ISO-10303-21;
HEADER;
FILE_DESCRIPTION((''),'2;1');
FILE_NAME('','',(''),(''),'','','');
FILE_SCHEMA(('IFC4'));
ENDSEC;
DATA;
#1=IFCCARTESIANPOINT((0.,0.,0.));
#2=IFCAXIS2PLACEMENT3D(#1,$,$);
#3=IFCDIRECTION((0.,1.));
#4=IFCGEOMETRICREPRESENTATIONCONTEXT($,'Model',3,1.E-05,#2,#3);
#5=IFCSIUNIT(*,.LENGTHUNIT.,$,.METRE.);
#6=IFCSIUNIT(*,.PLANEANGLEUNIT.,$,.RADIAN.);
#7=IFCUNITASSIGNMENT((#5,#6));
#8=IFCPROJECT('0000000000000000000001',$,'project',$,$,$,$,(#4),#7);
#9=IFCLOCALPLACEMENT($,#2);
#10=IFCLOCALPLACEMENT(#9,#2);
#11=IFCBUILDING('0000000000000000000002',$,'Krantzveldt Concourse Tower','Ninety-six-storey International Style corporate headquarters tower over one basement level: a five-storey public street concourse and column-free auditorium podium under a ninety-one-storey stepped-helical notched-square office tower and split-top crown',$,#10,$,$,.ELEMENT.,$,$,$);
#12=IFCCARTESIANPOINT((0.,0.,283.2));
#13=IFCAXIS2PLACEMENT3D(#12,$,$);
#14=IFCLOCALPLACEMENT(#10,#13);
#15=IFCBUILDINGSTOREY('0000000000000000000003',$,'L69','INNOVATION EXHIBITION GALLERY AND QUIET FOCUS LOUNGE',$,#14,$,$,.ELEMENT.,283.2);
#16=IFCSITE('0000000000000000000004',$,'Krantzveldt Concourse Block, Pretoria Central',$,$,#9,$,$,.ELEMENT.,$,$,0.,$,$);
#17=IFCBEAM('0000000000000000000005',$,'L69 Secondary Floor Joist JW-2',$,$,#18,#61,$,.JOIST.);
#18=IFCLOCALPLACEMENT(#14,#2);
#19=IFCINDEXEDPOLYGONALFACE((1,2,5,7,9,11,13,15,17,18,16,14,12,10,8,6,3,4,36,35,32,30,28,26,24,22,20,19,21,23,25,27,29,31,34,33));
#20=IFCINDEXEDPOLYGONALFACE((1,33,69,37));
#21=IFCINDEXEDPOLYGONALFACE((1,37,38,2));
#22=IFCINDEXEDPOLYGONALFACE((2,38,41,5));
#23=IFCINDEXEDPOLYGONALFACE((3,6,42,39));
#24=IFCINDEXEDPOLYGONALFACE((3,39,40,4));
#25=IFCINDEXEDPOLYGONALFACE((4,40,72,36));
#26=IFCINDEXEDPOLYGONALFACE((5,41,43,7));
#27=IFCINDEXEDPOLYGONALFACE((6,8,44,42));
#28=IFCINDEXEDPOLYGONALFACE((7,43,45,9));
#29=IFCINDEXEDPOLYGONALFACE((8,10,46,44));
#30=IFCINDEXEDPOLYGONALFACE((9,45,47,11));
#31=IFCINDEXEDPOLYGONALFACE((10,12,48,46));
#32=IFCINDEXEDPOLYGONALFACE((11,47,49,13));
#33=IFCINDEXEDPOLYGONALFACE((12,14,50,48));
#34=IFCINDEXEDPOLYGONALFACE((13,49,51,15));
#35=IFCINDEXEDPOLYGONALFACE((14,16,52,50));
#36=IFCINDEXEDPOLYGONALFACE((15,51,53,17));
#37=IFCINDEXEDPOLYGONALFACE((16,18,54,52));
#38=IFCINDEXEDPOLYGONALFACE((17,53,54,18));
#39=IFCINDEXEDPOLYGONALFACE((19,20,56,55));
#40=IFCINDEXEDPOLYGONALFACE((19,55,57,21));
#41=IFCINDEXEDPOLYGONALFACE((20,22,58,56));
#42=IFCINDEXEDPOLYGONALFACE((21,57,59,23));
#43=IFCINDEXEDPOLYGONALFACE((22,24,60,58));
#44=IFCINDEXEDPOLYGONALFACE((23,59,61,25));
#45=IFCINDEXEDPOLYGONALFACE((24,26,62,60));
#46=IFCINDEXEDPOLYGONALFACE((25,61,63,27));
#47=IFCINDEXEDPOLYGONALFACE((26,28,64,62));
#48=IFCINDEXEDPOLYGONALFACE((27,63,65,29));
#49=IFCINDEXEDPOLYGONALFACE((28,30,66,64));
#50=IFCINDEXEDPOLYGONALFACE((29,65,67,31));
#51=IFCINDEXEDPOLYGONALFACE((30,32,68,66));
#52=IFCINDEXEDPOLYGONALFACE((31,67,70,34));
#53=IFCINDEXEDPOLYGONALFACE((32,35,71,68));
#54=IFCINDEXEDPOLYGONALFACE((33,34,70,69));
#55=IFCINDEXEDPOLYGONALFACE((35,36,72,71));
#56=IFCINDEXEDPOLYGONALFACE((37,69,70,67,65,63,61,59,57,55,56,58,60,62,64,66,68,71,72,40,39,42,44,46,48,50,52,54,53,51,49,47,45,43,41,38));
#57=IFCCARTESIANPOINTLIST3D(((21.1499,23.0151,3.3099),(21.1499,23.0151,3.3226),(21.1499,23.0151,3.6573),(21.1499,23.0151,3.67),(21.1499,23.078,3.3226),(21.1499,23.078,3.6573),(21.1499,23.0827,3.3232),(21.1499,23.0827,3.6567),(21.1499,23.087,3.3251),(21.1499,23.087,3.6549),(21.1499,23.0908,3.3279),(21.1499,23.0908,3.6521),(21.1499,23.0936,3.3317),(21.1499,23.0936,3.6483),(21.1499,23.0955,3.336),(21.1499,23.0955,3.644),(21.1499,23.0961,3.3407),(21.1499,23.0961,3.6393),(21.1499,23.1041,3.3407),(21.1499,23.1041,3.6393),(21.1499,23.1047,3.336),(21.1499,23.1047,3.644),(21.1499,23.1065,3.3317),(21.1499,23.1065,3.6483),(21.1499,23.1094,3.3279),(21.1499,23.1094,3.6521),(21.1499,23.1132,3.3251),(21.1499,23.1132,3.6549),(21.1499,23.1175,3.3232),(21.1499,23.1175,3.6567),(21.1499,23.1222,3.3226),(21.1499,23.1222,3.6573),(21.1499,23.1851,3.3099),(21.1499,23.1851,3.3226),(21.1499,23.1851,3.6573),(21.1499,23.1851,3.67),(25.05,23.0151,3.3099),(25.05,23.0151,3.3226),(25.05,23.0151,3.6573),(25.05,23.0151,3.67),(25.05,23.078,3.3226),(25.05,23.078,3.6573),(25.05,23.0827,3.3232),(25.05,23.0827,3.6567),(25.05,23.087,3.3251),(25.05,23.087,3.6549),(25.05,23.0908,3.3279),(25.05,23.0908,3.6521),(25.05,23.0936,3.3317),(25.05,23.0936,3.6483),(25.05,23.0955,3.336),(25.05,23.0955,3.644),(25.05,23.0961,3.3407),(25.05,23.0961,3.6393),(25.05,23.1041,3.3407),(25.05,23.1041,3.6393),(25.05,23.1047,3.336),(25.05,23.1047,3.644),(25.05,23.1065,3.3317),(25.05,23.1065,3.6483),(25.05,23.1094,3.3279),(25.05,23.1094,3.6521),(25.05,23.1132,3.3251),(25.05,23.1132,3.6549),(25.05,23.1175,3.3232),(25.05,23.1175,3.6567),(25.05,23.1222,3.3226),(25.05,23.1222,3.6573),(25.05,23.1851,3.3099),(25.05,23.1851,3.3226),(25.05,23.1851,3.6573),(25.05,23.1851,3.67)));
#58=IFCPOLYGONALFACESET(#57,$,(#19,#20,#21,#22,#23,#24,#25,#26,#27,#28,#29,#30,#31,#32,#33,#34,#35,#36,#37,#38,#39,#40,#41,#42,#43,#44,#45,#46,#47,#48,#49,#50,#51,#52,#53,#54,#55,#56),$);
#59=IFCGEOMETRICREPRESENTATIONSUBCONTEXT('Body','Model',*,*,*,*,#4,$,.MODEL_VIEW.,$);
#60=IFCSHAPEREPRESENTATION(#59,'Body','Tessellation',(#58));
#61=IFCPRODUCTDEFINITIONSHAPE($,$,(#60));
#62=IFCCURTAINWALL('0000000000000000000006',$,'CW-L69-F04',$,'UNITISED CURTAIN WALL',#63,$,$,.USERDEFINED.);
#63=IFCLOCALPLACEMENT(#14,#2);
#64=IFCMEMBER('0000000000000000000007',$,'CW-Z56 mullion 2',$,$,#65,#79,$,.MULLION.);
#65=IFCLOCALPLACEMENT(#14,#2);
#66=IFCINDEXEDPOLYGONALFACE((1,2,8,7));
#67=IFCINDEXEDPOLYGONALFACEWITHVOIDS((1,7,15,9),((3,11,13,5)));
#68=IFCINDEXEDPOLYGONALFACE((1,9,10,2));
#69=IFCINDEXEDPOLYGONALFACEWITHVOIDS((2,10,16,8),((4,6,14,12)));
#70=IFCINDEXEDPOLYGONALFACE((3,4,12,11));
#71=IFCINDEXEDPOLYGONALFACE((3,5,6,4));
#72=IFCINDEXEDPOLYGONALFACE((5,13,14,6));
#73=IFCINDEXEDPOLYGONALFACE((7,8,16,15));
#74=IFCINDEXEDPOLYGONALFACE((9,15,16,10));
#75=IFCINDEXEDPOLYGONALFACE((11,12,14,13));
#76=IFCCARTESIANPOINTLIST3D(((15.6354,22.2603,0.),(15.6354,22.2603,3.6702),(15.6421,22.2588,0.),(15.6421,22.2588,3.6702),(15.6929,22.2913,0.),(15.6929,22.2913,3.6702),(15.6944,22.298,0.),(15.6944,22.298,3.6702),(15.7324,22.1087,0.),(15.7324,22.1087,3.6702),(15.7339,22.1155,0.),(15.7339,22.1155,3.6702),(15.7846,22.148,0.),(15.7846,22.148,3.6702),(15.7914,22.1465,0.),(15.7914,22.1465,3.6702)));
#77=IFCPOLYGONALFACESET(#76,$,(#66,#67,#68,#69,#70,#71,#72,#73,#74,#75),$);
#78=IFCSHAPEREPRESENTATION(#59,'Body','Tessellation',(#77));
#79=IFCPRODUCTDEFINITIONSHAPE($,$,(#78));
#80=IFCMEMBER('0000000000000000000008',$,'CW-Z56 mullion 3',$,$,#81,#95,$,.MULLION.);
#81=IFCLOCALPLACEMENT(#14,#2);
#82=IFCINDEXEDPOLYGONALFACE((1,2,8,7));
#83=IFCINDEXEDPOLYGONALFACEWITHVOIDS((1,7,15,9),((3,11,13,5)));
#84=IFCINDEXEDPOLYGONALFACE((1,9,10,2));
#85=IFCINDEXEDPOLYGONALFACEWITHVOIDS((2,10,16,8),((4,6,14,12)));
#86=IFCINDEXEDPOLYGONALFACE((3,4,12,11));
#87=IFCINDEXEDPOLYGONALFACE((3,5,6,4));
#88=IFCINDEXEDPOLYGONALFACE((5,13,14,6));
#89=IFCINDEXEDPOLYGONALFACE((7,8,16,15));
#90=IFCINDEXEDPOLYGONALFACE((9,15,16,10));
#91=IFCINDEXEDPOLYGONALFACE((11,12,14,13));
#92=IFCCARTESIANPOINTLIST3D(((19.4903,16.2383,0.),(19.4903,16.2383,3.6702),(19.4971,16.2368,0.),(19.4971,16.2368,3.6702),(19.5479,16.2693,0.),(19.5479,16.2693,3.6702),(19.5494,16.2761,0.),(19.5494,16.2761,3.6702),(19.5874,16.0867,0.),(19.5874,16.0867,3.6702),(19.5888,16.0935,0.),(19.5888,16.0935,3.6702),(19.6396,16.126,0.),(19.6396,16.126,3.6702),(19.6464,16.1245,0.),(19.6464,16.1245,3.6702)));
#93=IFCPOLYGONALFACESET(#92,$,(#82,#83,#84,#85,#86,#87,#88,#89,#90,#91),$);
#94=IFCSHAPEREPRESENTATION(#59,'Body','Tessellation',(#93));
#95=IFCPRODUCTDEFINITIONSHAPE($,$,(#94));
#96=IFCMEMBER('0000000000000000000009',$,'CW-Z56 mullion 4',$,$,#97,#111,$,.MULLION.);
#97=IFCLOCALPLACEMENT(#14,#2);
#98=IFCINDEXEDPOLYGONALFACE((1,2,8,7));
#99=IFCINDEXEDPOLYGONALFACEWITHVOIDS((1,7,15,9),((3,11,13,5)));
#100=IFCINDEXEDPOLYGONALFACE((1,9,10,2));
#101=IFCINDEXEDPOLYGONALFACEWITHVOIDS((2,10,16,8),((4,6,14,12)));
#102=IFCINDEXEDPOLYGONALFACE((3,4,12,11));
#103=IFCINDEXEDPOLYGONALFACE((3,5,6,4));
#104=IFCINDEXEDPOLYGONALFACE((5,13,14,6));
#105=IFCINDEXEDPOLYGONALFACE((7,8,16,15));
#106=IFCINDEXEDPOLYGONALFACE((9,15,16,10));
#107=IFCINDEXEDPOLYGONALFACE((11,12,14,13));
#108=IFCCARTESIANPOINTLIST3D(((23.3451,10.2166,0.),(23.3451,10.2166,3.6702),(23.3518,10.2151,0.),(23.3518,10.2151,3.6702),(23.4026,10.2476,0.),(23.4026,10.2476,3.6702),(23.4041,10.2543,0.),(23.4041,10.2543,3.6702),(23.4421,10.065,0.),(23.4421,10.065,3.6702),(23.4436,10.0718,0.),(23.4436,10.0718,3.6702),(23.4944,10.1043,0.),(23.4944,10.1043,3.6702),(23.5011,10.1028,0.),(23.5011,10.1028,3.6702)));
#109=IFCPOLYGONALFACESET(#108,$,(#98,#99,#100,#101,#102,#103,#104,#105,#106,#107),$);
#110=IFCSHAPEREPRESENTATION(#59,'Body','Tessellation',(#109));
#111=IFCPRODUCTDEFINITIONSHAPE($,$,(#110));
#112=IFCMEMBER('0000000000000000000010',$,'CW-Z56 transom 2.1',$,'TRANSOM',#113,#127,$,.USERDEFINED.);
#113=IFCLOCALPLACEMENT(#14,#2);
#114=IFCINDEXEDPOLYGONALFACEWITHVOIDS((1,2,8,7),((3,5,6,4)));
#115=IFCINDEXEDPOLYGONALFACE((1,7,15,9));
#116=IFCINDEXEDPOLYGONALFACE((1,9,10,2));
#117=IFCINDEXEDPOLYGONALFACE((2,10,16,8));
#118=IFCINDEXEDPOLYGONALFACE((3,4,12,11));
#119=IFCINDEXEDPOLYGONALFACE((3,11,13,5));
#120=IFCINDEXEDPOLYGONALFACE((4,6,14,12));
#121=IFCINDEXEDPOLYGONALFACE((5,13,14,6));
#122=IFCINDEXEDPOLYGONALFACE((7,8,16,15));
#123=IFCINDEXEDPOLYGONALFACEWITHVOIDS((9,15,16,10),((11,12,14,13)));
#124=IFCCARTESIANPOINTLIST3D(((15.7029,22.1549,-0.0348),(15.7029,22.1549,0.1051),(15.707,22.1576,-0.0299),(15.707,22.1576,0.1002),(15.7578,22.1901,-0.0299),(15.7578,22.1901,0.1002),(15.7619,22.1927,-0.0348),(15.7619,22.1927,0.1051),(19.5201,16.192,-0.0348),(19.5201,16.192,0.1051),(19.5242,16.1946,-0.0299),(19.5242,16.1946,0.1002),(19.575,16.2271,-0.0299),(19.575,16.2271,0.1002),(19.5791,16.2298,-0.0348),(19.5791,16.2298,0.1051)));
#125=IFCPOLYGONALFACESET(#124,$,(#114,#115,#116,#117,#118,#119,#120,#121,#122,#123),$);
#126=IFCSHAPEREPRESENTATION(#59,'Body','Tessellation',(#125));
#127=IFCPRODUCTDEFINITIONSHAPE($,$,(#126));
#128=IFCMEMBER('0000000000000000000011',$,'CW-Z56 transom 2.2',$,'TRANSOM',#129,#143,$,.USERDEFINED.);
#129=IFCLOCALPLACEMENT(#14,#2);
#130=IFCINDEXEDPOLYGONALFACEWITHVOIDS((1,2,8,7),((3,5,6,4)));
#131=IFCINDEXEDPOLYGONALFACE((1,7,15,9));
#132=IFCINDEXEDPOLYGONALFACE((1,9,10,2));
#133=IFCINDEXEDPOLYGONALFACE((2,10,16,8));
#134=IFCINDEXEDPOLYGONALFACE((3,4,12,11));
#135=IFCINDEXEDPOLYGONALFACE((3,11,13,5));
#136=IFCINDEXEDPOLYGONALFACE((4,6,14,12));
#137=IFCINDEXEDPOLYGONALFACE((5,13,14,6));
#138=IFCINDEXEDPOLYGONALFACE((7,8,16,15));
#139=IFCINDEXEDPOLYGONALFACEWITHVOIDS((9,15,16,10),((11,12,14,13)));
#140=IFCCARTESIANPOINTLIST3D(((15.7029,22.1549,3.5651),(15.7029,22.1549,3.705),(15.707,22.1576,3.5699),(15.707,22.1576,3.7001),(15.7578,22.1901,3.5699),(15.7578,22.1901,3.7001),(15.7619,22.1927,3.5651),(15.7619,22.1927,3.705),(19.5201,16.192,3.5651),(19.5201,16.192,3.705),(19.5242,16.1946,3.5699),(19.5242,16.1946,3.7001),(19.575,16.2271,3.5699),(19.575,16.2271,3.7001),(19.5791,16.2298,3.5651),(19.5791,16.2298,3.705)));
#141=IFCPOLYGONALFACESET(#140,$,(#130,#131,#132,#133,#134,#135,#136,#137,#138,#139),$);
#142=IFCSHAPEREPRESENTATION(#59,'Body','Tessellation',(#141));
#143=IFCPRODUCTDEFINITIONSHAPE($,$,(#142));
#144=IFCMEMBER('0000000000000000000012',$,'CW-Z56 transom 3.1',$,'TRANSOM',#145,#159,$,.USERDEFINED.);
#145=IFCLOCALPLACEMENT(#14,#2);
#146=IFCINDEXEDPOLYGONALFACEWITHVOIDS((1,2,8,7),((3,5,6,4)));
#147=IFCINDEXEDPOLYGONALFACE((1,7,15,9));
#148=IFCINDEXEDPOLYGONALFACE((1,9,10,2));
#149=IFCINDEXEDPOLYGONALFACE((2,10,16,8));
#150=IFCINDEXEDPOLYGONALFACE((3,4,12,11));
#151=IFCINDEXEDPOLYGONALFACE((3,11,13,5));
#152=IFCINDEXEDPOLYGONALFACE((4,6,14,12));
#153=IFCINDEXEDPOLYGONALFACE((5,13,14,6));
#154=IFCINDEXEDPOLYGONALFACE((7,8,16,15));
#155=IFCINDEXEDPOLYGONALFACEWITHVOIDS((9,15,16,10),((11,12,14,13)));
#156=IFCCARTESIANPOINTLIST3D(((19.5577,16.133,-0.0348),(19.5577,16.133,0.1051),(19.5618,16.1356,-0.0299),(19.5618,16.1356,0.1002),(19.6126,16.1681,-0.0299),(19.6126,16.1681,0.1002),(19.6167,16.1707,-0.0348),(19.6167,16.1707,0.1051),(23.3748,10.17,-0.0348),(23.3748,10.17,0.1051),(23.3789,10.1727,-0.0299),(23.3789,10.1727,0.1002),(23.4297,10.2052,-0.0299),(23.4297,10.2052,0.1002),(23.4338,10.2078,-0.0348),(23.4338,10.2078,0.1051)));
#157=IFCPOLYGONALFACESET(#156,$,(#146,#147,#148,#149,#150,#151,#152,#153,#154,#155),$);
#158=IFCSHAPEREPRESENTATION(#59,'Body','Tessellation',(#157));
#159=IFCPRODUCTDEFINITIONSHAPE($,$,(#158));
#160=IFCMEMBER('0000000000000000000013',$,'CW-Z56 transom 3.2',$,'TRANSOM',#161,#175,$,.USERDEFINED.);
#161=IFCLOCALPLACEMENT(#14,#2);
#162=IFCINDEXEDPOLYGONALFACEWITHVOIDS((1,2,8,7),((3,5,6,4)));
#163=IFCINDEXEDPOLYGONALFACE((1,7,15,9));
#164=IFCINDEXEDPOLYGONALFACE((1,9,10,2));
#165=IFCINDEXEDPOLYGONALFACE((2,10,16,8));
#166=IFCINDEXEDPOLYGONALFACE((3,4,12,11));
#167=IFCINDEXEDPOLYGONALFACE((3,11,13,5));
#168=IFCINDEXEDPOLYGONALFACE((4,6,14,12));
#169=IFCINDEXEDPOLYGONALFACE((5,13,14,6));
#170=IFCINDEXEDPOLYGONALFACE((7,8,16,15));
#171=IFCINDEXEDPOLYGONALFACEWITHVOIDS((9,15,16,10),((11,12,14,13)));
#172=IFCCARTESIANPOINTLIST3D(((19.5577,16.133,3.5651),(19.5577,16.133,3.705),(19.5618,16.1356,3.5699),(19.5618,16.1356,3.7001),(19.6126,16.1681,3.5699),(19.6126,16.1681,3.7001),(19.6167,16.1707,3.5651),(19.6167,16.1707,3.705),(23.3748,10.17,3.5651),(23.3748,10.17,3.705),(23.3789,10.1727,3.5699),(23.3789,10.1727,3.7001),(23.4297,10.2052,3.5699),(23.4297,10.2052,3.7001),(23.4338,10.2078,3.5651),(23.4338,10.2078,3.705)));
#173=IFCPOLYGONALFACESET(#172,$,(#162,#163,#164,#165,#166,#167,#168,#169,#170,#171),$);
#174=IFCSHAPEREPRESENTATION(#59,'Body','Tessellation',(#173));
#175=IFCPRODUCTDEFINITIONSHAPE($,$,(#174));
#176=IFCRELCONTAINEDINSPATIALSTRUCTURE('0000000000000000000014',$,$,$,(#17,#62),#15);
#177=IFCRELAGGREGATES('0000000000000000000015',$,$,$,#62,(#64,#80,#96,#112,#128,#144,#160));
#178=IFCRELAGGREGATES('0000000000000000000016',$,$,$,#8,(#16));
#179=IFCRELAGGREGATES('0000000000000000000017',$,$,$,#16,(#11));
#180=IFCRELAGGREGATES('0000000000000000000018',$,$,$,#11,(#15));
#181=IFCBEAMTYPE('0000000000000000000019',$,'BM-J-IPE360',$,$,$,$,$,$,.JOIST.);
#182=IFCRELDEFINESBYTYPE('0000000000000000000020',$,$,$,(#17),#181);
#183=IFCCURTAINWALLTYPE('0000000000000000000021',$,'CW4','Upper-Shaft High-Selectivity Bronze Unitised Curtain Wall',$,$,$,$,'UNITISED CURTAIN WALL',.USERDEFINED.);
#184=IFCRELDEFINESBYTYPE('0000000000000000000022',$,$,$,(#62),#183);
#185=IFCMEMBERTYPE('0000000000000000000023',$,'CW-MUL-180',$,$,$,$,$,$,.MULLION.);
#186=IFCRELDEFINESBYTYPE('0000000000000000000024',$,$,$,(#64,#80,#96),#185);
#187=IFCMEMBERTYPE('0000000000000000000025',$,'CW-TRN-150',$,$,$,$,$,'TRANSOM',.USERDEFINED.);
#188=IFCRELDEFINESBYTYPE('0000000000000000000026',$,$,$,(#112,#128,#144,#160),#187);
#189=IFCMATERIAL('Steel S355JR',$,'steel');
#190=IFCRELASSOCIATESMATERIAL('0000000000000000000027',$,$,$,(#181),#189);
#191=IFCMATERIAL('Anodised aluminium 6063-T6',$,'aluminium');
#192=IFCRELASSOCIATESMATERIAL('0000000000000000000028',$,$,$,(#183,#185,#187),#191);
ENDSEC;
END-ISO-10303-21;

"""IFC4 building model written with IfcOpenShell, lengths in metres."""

from ifc_helpers import new_model, si_unit, direction, frame, origin, origin_2d, place, context, subcontext, project, spatial, hollow_rectangle, i_section, extrude, source, transform, mapped, material, material_profile, profile_set, type_object, type_shapes, element, aggregate, save


model = new_model("IFC4")

# Units and contexts
model_context = context("Model", 3, precision=1e-05, world=origin(), true_north=direction((0.0, 1.0)))
body_context = subcontext(model_context, "Body", "Model", "MODEL_VIEW")
ifc_project = project(units=[si_unit("LENGTHUNIT", "METRE"), si_unit("PLANEANGLEUNIT", "RADIAN")], contexts=[model_context])

# Site, building, storey
site_placement = place(None, origin())
site = spatial("IfcSite", under=ifc_project, at=site_placement, Name="Krantzveldt Concourse Block, Pretoria Central", CompositionType="ELEMENT", RefElevation=0.0)
building_placement = place(site_placement, origin())
building = spatial("IfcBuilding", under=site, at=building_placement, Name="Krantzveldt Concourse Tower", Description="Ninety-six-storey International Style corporate headquarters tower over one basement level: a five-storey public street concourse and column-free auditorium podium under a ninety-one-storey stepped-helical notched-square office tower and split-top crown", CompositionType="ELEMENT")
storey_placement = place(building_placement, frame((0.0, 0.0, 283.2)))
storey = spatial("IfcBuildingStorey", under=building, at=storey_placement, Name="L69", Description="INNOVATION EXHIBITION GALLERY AND QUIET FOCUS LOUNGE", CompositionType="ELEMENT", Elevation=283.2)

# Beam
ifc_material_1 = material(Name="Steel S355JR", Category="steel")
ifc_material_profile_1 = material_profile(ifc_material_1, i_section(OverallWidth=0.1699, OverallDepth=0.3601, WebThickness=0.0081, FlangeThickness=0.0127, FilletRadius=0.0181, at=origin_2d()), Name="Steel S355JR", Category="steel")
ifc_profile_set_1 = profile_set([ifc_material_profile_1], Name="Steel S355JR - IPE 360")
beam_type_1 = type_object("IfcBeamType", Name="BM-J-IPE360", PredefinedType="JOIST", material=ifc_profile_set_1)
shared_shape_1 = source(origin(), body_context, "Body", "SweptSolid", [
    extrude(i_section(OverallWidth=0.1699, OverallDepth=0.3601, WebThickness=0.0081, FlangeThickness=0.0127, FilletRadius=0.0181, at=origin_2d()), origin(), (0.0, 0.0, 1.0), 3.9001),
])
type_shapes(beam_type_1, [shared_shape_1])
for number, where, z_axis, x_axis, name in (
    (1, (21.1499, 23.1001, 3.49), (1.0, 0.0, 0.0), (0.0, 1.0, 0.0), "L69 Secondary Floor Joist JW-2"),
):
    element("IfcBeam", number, at=place(storey_placement, frame(where, z_axis=z_axis, x_axis=x_axis)), inside=storey, type_object=beam_type_1, Name=name, PredefinedType="JOIST", context=body_context, shape_type="MappedRepresentation", body=[
        mapped(shared_shape_1, transform((0.0, 0.0, 0.0), x_axis=(1.0, 0.0, 0.0), y_axis=(0.0, 1.0, 0.0), z_axis=(0.0, 0.0, 1.0), scale=1.0)),
    ])

# Curtain wall, members
ifc_material_2 = material(Name="Anodised aluminium 6063-T6", Category="aluminium")
curtain_wall_type = type_object("IfcCurtainWallType", Name="CW4", Description="Upper-Shaft High-Selectivity Bronze Unitised Curtain Wall", ElementType="UNITISED CURTAIN WALL", PredefinedType="USERDEFINED", material=ifc_material_2)
curtain_wall_placement = place(storey_placement, origin())
curtain_wall = element("IfcCurtainWall", 2, at=curtain_wall_placement, inside=storey, type_object=curtain_wall_type, Name="CW-L69-F04", ObjectType="UNITISED CURTAIN WALL", PredefinedType="USERDEFINED")
ifc_material_profile_2 = material_profile(ifc_material_2, hollow_rectangle(XDim=0.0701, YDim=0.1799, WallThickness=0.0049, at=origin_2d()), Name="Anodised aluminium 6063-T6", Category="aluminium")
ifc_profile_set_2 = profile_set([ifc_material_profile_2], Name="Anodised aluminium 6063-T6 - ALU-MULL 180x70x5")
member_type_1 = type_object("IfcMemberType", Name="CW-MUL-180", PredefinedType="MULLION", material=ifc_profile_set_2)
shared_shape_2 = source(origin(), body_context, "Body", "SweptSolid", [
    extrude(hollow_rectangle(XDim=0.0701, YDim=0.1799, WallThickness=0.0049, at=origin_2d()), origin(), (0.0, 0.0, 1.0), 3.6702),
])
type_shapes(member_type_1, [shared_shape_2])
member_1_placement = place(storey_placement, frame((15.7134, 22.2034, 0.0), z_axis=(0.0, 0.0, 1.0), x_axis=(0.842217, 0.539138, 0.0)))
member_1 = element("IfcMember", 3, at=member_1_placement, type_object=member_type_1, Name="CW-Z56 mullion 2", PredefinedType="MULLION", context=body_context, shape_type="MappedRepresentation", body=[
    mapped(shared_shape_2, transform((0.0, 0.0, 0.0), x_axis=(1.0, 0.0, 0.0), y_axis=(0.0, 1.0, 0.0), z_axis=(0.0, 0.0, 1.0), scale=1.0)),
])
member_2_placement = place(storey_placement, frame((19.5684, 16.1814, 0.0), z_axis=(0.0, 0.0, 1.0), x_axis=(0.842217, 0.539138, 0.0)))
member_2 = element("IfcMember", 4, at=member_2_placement, type_object=member_type_1, Name="CW-Z56 mullion 3", PredefinedType="MULLION", context=body_context, shape_type="MappedRepresentation", body=[
    mapped(shared_shape_2, transform((0.0, 0.0, 0.0), x_axis=(1.0, 0.0, 0.0), y_axis=(0.0, 1.0, 0.0), z_axis=(0.0, 0.0, 1.0), scale=1.0)),
])
member_3_placement = place(storey_placement, frame((23.4231, 10.1597, 0.0), z_axis=(0.0, 0.0, 1.0), x_axis=(0.842217, 0.539138, 0.0)))
member_3 = element("IfcMember", 5, at=member_3_placement, type_object=member_type_1, Name="CW-Z56 mullion 4", PredefinedType="MULLION", context=body_context, shape_type="MappedRepresentation", body=[
    mapped(shared_shape_2, transform((0.0, 0.0, 0.0), x_axis=(1.0, 0.0, 0.0), y_axis=(0.0, 1.0, 0.0), z_axis=(0.0, 0.0, 1.0), scale=1.0)),
])
ifc_material_profile_3 = material_profile(ifc_material_2, hollow_rectangle(XDim=0.0701, YDim=0.1399, WallThickness=0.0049, at=origin_2d()), Name="Anodised aluminium 6063-T6", Category="aluminium")
ifc_profile_set_3 = profile_set([ifc_material_profile_3], Name="Anodised aluminium 6063-T6 - ALU-TRAN 140x70x5")
member_type_2 = type_object("IfcMemberType", Name="CW-TRN-150", ElementType="TRANSOM", PredefinedType="USERDEFINED", material=ifc_profile_set_3)
shared_shape_3 = source(origin(), body_context, "Body", "SweptSolid", [
    extrude(hollow_rectangle(XDim=0.0701, YDim=0.1399, WallThickness=0.0049, at=origin_2d()), origin(), (0.0, 0.0, 1.0), 7.0801),
])
member_4_placement = place(storey_placement, frame((15.7324, 22.1738, 0.0352), z_axis=(0.539143, -0.842214, 0.0), x_axis=(0.842214, 0.539143, 0.0)))
member_4 = element("IfcMember", 6, at=member_4_placement, type_object=member_type_2, Name="CW-Z56 transom 2.1", ObjectType="TRANSOM", PredefinedType="USERDEFINED", context=body_context, shape_type="MappedRepresentation", body=[
    mapped(shared_shape_3, transform((0.0, 0.0, 0.0), x_axis=(1.0, 0.0, 0.0), y_axis=(0.0, 1.0, 0.0), z_axis=(0.0, 0.0, 1.0), scale=1.0)),
])
member_5_placement = place(storey_placement, frame((15.7324, 22.1738, 3.635), z_axis=(0.539143, -0.842214, 0.0), x_axis=(0.842214, 0.539143, 0.0)))
member_5 = element("IfcMember", 7, at=member_5_placement, type_object=member_type_2, Name="CW-Z56 transom 2.2", ObjectType="TRANSOM", PredefinedType="USERDEFINED", context=body_context, shape_type="MappedRepresentation", body=[
    mapped(shared_shape_3, transform((0.0, 0.0, 0.0), x_axis=(1.0, 0.0, 0.0), y_axis=(0.0, 1.0, 0.0), z_axis=(0.0, 0.0, 1.0), scale=1.0)),
])
member_6_placement = place(storey_placement, frame((19.5872, 16.1519, 0.0352), z_axis=(0.539143, -0.842214, 0.0), x_axis=(0.842214, 0.539143, 0.0)))
member_6 = element("IfcMember", 8, at=member_6_placement, type_object=member_type_2, Name="CW-Z56 transom 3.1", ObjectType="TRANSOM", PredefinedType="USERDEFINED", context=body_context, shape_type="MappedRepresentation", body=[
    mapped(shared_shape_3, transform((0.0, 0.0, 0.0), x_axis=(1.0, 0.0, 0.0), y_axis=(0.0, 1.0, 0.0), z_axis=(0.0, 0.0, 1.0), scale=1.0)),
])
member_7_placement = place(storey_placement, frame((19.5872, 16.1519, 3.635), z_axis=(0.539143, -0.842214, 0.0), x_axis=(0.842214, 0.539143, 0.0)))
member_7 = element("IfcMember", 9, at=member_7_placement, type_object=member_type_2, Name="CW-Z56 transom 3.2", ObjectType="TRANSOM", PredefinedType="USERDEFINED", context=body_context, shape_type="MappedRepresentation", body=[
    mapped(shared_shape_3, transform((0.0, 0.0, 0.0), x_axis=(1.0, 0.0, 0.0), y_axis=(0.0, 1.0, 0.0), z_axis=(0.0, 0.0, 1.0), scale=1.0)),
])

aggregate(curtain_wall, [member_1, member_2, member_3, member_4, member_5, member_6, member_7])

save(model, "model.ifc")
